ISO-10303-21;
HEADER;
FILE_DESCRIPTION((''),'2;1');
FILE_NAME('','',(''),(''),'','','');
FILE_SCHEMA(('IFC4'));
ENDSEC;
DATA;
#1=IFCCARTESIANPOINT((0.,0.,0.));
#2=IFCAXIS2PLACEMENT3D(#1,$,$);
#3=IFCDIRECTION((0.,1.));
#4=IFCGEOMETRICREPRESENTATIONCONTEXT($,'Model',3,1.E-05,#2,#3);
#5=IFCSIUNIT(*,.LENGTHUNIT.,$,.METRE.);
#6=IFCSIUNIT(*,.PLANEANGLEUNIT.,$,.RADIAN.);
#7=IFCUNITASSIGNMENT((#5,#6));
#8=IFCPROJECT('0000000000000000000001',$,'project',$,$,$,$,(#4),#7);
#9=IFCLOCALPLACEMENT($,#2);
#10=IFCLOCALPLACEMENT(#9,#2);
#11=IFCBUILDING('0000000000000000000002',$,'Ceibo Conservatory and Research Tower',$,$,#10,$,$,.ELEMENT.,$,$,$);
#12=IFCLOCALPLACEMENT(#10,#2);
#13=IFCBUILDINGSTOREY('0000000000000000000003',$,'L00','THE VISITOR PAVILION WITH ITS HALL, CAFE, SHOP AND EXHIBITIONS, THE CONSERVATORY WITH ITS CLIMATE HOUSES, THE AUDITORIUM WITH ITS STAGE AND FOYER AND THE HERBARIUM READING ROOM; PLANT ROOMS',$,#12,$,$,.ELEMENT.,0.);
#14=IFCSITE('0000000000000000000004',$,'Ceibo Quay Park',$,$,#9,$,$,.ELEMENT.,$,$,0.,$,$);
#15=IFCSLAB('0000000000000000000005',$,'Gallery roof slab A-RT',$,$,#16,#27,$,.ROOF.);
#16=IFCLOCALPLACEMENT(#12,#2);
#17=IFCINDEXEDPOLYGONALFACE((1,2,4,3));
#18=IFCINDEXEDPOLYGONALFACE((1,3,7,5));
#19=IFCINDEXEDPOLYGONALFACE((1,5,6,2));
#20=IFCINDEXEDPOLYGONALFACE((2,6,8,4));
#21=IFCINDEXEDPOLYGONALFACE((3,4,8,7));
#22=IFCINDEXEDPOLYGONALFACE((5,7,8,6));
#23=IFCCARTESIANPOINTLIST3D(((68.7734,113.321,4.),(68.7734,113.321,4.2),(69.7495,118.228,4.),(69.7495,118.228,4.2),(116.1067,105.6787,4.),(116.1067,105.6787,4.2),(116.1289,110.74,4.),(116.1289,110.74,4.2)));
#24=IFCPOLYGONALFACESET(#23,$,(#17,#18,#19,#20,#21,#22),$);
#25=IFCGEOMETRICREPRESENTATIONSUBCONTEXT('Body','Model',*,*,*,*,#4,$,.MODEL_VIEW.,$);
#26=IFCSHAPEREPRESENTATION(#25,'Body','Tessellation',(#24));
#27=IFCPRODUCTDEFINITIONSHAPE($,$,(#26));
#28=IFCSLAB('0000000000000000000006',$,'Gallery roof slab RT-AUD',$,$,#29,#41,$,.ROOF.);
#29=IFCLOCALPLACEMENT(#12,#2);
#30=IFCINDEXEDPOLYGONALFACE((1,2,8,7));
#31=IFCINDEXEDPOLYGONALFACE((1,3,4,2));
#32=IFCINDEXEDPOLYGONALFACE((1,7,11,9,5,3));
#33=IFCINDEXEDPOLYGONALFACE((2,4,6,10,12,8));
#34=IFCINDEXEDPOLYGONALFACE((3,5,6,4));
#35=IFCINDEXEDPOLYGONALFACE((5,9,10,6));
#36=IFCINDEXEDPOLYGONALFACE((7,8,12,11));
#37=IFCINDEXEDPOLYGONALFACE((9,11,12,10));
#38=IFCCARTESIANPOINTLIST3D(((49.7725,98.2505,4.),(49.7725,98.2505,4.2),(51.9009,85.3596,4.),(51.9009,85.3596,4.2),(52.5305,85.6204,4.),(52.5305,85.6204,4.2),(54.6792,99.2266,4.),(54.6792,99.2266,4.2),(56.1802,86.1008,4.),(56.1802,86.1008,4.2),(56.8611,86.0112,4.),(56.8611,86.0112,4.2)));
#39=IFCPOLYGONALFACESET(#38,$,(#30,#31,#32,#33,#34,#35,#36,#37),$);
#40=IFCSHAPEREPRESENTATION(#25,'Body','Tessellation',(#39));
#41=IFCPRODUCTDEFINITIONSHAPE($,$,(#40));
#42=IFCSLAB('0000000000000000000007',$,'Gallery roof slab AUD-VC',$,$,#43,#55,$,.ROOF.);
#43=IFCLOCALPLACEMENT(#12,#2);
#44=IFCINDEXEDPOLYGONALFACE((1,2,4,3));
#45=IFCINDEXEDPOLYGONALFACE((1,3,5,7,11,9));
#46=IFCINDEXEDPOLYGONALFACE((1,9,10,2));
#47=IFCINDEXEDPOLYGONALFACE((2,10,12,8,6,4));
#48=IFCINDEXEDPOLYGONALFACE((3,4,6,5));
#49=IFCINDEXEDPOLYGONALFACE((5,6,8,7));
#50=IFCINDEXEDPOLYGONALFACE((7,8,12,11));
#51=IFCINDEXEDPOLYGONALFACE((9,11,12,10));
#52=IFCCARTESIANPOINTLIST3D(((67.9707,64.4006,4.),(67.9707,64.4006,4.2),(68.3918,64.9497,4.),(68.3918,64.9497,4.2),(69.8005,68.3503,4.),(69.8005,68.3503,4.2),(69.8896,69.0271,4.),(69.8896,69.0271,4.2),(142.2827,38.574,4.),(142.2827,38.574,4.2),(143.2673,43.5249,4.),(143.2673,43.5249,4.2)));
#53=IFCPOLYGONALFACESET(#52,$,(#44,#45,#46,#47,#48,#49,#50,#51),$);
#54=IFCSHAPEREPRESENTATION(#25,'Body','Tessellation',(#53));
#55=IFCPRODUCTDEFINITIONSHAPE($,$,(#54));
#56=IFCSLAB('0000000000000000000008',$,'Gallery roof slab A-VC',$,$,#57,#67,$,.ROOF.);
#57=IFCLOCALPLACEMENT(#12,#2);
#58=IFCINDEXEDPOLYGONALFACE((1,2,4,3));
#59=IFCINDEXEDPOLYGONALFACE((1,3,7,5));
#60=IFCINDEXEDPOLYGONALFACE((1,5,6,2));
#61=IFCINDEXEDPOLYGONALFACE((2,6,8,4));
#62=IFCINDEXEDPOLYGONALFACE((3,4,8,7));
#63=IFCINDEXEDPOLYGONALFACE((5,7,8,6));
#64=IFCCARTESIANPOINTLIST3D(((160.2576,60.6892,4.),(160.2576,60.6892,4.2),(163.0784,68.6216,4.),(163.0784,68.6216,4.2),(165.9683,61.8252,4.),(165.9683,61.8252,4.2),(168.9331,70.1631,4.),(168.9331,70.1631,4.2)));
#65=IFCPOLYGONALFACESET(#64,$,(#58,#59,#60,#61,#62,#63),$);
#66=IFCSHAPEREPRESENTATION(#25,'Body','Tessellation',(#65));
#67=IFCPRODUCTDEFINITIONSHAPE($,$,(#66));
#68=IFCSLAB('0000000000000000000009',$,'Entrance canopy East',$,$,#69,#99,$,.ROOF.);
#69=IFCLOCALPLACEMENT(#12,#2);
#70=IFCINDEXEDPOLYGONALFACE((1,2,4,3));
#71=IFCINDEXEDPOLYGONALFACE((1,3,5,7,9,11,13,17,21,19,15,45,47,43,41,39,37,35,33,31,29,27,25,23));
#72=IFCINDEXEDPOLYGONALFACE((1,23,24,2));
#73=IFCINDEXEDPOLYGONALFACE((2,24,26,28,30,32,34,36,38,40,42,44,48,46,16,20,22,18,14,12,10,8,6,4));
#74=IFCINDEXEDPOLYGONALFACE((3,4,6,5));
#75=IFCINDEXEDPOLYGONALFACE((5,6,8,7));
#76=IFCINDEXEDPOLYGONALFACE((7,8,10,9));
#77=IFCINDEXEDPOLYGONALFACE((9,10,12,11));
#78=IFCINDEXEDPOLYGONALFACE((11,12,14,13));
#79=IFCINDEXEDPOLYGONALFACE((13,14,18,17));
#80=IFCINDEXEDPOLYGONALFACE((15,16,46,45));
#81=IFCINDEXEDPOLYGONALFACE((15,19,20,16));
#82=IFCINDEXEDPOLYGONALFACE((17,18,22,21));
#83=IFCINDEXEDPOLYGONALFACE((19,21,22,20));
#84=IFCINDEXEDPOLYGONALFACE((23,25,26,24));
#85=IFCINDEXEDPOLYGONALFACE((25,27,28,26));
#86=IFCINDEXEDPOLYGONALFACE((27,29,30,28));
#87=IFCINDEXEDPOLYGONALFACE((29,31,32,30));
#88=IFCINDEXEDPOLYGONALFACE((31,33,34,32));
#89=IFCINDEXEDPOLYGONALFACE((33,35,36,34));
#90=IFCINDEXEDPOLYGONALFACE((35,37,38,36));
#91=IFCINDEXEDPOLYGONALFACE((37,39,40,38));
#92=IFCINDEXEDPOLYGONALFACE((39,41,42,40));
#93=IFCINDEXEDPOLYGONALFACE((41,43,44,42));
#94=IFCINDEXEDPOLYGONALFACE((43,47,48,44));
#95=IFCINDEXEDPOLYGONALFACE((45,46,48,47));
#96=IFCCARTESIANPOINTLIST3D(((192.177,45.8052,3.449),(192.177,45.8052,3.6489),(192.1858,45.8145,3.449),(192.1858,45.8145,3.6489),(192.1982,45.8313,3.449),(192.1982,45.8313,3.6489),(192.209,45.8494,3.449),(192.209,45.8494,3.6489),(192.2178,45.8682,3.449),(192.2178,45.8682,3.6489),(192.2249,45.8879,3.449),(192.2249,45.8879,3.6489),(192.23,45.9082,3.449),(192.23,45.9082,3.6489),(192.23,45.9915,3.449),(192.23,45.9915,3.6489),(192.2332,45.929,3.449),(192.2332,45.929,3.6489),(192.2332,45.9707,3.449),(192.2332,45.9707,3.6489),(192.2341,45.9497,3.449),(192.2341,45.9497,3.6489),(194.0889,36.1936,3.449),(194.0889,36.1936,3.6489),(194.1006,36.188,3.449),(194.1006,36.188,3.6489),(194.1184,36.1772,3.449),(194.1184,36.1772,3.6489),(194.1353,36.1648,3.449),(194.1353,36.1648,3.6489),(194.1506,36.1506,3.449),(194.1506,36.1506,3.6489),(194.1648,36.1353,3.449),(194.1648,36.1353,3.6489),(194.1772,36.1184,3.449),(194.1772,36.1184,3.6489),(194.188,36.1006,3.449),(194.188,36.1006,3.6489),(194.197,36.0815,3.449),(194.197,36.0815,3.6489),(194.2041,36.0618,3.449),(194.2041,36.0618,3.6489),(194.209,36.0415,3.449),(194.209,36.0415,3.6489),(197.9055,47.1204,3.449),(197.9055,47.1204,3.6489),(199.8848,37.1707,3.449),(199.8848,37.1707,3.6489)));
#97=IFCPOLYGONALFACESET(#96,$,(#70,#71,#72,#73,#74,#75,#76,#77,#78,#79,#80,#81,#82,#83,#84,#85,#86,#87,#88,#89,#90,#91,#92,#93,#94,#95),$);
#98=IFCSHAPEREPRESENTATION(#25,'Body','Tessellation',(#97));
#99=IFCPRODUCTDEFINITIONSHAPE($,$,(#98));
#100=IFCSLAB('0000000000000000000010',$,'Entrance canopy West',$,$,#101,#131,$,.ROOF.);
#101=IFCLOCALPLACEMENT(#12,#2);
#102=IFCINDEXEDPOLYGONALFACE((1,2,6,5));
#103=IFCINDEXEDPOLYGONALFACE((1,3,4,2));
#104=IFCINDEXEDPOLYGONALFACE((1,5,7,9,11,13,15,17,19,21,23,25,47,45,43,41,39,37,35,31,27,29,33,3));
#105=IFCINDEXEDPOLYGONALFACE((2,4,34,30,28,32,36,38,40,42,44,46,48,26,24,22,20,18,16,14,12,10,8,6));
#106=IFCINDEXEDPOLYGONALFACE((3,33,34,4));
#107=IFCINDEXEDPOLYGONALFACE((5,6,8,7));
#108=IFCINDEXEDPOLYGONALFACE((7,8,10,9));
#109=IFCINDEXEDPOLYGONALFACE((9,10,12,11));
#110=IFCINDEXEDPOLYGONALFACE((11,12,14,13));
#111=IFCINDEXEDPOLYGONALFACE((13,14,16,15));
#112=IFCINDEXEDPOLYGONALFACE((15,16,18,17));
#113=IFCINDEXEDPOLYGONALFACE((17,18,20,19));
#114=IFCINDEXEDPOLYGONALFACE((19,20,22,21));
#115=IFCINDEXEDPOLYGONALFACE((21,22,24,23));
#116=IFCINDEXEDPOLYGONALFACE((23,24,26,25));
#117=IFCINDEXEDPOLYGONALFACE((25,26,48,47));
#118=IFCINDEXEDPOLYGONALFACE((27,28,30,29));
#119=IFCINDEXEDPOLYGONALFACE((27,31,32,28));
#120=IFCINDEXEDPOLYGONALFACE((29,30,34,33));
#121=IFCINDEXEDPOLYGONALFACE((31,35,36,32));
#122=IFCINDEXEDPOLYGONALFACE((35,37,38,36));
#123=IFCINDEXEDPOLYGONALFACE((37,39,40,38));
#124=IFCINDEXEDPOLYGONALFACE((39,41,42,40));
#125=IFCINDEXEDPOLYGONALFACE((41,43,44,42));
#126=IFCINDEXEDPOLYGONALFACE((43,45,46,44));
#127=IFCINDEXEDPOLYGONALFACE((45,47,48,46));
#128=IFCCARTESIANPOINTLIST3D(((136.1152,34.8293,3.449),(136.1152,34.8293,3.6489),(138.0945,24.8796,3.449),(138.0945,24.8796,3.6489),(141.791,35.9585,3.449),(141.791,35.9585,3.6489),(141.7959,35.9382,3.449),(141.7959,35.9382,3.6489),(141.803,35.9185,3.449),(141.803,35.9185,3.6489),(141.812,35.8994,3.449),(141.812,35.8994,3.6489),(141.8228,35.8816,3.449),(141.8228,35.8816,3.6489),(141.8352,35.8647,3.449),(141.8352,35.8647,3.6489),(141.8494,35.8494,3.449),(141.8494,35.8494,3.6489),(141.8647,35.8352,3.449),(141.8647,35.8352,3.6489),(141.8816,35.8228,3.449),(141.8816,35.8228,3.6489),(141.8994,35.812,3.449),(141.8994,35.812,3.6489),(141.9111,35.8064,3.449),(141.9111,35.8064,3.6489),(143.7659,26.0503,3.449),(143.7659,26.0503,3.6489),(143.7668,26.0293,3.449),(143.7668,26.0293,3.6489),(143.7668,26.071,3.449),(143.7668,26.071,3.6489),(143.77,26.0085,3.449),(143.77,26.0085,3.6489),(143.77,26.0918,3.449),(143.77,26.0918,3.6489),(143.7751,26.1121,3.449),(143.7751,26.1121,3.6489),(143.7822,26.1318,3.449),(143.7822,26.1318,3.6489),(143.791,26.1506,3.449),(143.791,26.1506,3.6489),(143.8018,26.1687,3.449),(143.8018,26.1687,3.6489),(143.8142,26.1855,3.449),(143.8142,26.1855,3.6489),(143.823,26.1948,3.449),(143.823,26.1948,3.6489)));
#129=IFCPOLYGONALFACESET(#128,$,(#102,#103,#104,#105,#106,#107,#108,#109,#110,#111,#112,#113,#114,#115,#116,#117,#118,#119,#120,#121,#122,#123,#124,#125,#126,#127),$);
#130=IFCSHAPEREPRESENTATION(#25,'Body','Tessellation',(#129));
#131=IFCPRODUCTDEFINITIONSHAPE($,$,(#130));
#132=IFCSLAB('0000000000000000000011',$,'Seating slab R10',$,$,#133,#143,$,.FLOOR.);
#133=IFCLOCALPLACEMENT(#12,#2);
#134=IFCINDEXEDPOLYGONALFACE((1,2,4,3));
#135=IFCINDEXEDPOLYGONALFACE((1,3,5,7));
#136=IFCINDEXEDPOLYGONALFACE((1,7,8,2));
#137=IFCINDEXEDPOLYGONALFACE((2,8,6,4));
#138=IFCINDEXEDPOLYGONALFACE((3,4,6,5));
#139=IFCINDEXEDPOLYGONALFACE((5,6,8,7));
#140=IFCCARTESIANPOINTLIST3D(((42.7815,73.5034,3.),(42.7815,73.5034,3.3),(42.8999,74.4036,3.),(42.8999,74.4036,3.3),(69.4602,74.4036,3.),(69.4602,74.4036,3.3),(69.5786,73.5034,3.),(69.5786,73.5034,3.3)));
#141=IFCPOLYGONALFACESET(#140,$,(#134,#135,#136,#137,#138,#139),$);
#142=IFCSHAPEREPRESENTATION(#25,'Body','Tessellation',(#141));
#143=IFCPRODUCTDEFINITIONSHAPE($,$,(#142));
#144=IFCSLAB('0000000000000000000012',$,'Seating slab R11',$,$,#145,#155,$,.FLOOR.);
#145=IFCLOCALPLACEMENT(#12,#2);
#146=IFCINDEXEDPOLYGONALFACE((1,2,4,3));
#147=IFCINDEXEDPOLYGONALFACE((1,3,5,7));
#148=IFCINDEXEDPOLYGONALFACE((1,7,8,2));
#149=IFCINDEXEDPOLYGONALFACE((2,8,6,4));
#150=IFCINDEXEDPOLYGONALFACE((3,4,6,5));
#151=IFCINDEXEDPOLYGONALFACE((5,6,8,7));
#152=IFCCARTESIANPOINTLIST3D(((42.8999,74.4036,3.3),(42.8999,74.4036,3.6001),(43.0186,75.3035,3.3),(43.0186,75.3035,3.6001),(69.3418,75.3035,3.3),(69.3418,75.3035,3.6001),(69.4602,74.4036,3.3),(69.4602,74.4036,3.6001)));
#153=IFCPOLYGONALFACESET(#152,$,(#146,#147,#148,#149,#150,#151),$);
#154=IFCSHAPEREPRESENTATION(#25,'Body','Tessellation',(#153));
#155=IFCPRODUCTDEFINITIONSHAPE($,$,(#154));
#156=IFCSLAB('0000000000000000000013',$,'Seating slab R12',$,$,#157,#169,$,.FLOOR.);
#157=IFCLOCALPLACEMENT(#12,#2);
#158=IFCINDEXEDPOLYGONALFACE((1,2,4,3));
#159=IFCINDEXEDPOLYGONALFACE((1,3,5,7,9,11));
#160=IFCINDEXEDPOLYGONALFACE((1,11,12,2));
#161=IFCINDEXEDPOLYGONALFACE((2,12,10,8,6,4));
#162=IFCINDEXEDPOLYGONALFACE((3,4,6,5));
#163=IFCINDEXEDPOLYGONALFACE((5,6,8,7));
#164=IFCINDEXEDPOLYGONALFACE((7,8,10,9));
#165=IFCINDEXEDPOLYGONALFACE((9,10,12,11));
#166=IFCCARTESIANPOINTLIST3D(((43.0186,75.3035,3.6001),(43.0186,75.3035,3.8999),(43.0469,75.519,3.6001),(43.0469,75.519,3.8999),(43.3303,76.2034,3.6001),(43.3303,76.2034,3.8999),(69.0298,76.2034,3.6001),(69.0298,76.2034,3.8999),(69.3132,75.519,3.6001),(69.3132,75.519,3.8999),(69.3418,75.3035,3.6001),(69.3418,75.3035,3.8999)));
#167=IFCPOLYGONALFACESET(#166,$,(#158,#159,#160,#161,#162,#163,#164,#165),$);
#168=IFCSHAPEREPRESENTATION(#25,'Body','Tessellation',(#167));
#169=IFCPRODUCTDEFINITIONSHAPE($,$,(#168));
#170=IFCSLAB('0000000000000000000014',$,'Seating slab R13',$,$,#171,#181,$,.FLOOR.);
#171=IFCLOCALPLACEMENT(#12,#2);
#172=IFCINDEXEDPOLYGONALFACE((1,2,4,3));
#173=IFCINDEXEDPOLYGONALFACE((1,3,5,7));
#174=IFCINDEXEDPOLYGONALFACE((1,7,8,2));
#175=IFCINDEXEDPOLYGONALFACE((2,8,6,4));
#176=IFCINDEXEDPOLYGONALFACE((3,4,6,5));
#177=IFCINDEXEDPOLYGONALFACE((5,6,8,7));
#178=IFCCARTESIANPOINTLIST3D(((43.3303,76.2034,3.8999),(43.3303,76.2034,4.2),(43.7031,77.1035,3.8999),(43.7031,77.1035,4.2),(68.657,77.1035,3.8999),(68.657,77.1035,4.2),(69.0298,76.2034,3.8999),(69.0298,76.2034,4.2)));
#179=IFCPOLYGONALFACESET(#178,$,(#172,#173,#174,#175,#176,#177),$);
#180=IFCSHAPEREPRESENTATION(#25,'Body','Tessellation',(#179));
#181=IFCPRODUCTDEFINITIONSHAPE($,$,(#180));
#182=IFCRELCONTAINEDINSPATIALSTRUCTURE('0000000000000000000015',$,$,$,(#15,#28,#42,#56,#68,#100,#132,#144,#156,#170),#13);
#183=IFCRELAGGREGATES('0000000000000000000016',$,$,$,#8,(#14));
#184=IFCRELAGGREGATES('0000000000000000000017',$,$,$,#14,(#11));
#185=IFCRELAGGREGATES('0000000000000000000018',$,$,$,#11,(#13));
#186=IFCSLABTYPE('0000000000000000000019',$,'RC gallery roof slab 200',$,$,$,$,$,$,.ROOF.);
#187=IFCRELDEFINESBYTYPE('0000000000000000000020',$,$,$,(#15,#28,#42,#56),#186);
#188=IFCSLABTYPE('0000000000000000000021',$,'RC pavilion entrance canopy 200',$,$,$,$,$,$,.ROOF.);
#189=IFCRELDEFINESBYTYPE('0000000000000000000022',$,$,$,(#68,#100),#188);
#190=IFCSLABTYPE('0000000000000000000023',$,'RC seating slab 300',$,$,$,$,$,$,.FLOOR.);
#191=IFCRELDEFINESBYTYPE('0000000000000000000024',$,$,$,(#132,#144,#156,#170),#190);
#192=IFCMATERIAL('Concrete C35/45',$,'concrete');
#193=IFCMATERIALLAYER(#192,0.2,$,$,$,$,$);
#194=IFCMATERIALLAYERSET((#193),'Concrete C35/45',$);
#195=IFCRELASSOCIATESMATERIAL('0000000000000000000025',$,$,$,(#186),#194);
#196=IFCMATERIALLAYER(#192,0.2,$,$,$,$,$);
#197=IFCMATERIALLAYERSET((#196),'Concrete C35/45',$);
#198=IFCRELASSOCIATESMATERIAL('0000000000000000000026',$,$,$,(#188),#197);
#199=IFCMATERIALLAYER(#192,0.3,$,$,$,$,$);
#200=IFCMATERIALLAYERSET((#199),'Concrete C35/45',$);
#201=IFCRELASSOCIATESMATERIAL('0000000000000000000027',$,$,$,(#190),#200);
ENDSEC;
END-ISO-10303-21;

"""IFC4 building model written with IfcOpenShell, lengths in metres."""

from ifc_helpers import new_model, si_unit, direction, frame, origin, place, context, subcontext, project, spatial, polyline, outline, extrude, material, layer, layer_set, type_object, element, save


model = new_model("IFC4")

# Units and contexts
model_context = context("Model", 3, precision=1e-05, world=origin(), true_north=direction((0.0, 1.0)))
body_context = subcontext(model_context, "Body", "Model", "MODEL_VIEW")
ifc_project = project(units=[si_unit("LENGTHUNIT", "METRE"), si_unit("PLANEANGLEUNIT", "RADIAN")], contexts=[model_context])

# Site, building, storey
site_placement = place(None, origin())
site = spatial("IfcSite", under=ifc_project, at=site_placement, Name="Ceibo Quay Park", CompositionType="ELEMENT", RefElevation=0.0)
building_placement = place(site_placement, origin())
building = spatial("IfcBuilding", under=site, at=building_placement, Name="Ceibo Conservatory and Research Tower", CompositionType="ELEMENT")
storey_placement = place(building_placement, origin())
storey = spatial("IfcBuildingStorey", under=building, at=storey_placement, Name="L00", Description="THE VISITOR PAVILION WITH ITS HALL, CAFE, SHOP AND EXHIBITIONS, THE CONSERVATORY WITH ITS CLIMATE HOUSES, THE AUDITORIUM WITH ITS STAGE AND FOYER AND THE HERBARIUM READING ROOM; PLANT ROOMS", CompositionType="ELEMENT", Elevation=0.0)

# Shared definitions
ifc_material_1 = material(Name="Concrete C35/45", Category="concrete")

# Slabs
ifc_layer_1 = layer(ifc_material_1, 0.2)
ifc_layer_set_1 = layer_set([ifc_layer_1], Name="Concrete C35/45")
slab_type_1 = type_object("IfcSlabType", Name="RC gallery roof slab 200", PredefinedType="ROOF", material=ifc_layer_set_1)
slab_1_placement = place(storey_placement, frame((0.0, 0.0, 4.0)))
element("IfcSlab", 1, at=slab_1_placement, inside=storey, type_object=slab_type_1, Name="Gallery roof slab A-RT", PredefinedType="ROOF", context=body_context, shape_type="SweptSolid", body=[
    extrude(outline(polyline([(68.7734, 113.321), (69.7495, 118.228), (116.1289, 110.74), (116.1067, 105.6787), (68.7734, 113.321)])), origin(), (0.0, 0.0, 1.0), 0.2),
])
slab_2_placement = place(storey_placement, frame((0.0, 0.0, 4.0)))
element("IfcSlab", 2, at=slab_2_placement, inside=storey, type_object=slab_type_1, Name="Gallery roof slab RT-AUD", PredefinedType="ROOF", context=body_context, shape_type="SweptSolid", body=[
    extrude(outline(polyline([(56.8611, 86.0112), (56.1802, 86.1008), (52.5305, 85.6204), (51.9009, 85.3596), (49.7725, 98.2505), (54.6792, 99.2266), (56.8611, 86.0112)])), origin(), (0.0, 0.0, 1.0), 0.2),
])
slab_3_placement = place(storey_placement, frame((0.0, 0.0, 4.0)))
element("IfcSlab", 3, at=slab_3_placement, inside=storey, type_object=slab_type_1, Name="Gallery roof slab AUD-VC", PredefinedType="ROOF", context=body_context, shape_type="SweptSolid", body=[
    extrude(outline(polyline([(143.2673, 43.5249), (142.2827, 38.574), (67.9707, 64.4006), (68.3918, 64.9497), (69.8005, 68.3503), (69.8896, 69.0271), (143.2673, 43.5249)])), origin(), (0.0, 0.0, 1.0), 0.2),
])
slab_4_placement = place(storey_placement, frame((0.0, 0.0, 4.0)))
element("IfcSlab", 4, at=slab_4_placement, inside=storey, type_object=slab_type_1, Name="Gallery roof slab A-VC", PredefinedType="ROOF", context=body_context, shape_type="SweptSolid", body=[
    extrude(outline(polyline([(165.9683, 61.8252), (160.2576, 60.6892), (163.0784, 68.6216), (168.9331, 70.1631), (165.9683, 61.8252)])), origin(), (0.0, 0.0, 1.0), 0.2),
])
ifc_layer_2 = layer(ifc_material_1, 0.2)
ifc_layer_set_2 = layer_set([ifc_layer_2], Name="Concrete C35/45")
slab_type_2 = type_object("IfcSlabType", Name="RC pavilion entrance canopy 200", PredefinedType="ROOF", material=ifc_layer_set_2)
slab_5_placement = place(storey_placement, frame((0.0, 0.0, 3.449)))
element("IfcSlab", 5, at=slab_5_placement, inside=storey, type_object=slab_type_2, Name="Entrance canopy East", PredefinedType="ROOF", context=body_context, shape_type="SweptSolid", body=[
    extrude(outline(polyline([(197.9055, 47.1204), (199.8848, 37.1707), (194.209, 36.0415), (194.209, 36.0415), (194.2041, 36.0618), (194.197, 36.0815), (194.188, 36.1006), (194.1772, 36.1184), (194.1648, 36.1353), (194.1506, 36.1506), (194.1353, 36.1648), (194.1184, 36.1772), (194.1006, 36.188), (194.0889, 36.1936), (192.177, 45.8052), (192.1858, 45.8145), (192.1982, 45.8313), (192.209, 45.8494), (192.2178, 45.8682), (192.2249, 45.8879), (192.23, 45.9082), (192.2332, 45.929), (192.2341, 45.9497), (192.2332, 45.9707), (192.23, 45.9915), (197.9055, 47.1204)])), origin(), (0.0, 0.0, 1.0), 0.2),
])
slab_6_placement = place(storey_placement, frame((0.0, 0.0, 3.449)))
element("IfcSlab", 6, at=slab_6_placement, inside=storey, type_object=slab_type_2, Name="Entrance canopy West", PredefinedType="ROOF", context=body_context, shape_type="SweptSolid", body=[
    extrude(outline(polyline([(138.0945, 24.8796), (136.1152, 34.8293), (141.791, 35.9585), (141.791, 35.9585), (141.7959, 35.9382), (141.803, 35.9185), (141.812, 35.8994), (141.8228, 35.8816), (141.8352, 35.8647), (141.8494, 35.8494), (141.8647, 35.8352), (141.8816, 35.8228), (141.8994, 35.812), (141.9111, 35.8064), (143.823, 26.1948), (143.8142, 26.1855), (143.8018, 26.1687), (143.791, 26.1506), (143.7822, 26.1318), (143.7751, 26.1121), (143.77, 26.0918), (143.7668, 26.071), (143.7659, 26.0503), (143.7668, 26.0293), (143.77, 26.0085), (138.0945, 24.8796)])), origin(), (0.0, 0.0, 1.0), 0.2),
])
ifc_layer_3 = layer(ifc_material_1, 0.3)
ifc_layer_set_3 = layer_set([ifc_layer_3], Name="Concrete C35/45")
slab_type_3 = type_object("IfcSlabType", Name="RC seating slab 300", PredefinedType="FLOOR", material=ifc_layer_set_3)
slab_7_placement = place(storey_placement, frame((0.0, 0.0, 3.0)))
element("IfcSlab", 7, at=slab_7_placement, inside=storey, type_object=slab_type_3, Name="Seating slab R10", PredefinedType="FLOOR", context=body_context, shape_type="SweptSolid", body=[
    extrude(outline(polyline([(69.5786, 73.5034), (69.4602, 74.4036), (42.8999, 74.4036), (42.7815, 73.5034), (69.5786, 73.5034)])), origin(), (0.0, 0.0, 1.0), 0.3),
])
slab_8_placement = place(storey_placement, frame((0.0, 0.0, 3.3)))
element("IfcSlab", 8, at=slab_8_placement, inside=storey, type_object=slab_type_3, Name="Seating slab R11", PredefinedType="FLOOR", context=body_context, shape_type="SweptSolid", body=[
    extrude(outline(polyline([(69.4602, 74.4036), (69.3418, 75.3035), (43.0186, 75.3035), (42.8999, 74.4036), (69.4602, 74.4036)])), origin(), (0.0, 0.0, 1.0), 0.3),
])
slab_9_placement = place(storey_placement, frame((0.0, 0.0, 3.6001)))
element("IfcSlab", 9, at=slab_9_placement, inside=storey, type_object=slab_type_3, Name="Seating slab R12", PredefinedType="FLOOR", context=body_context, shape_type="SweptSolid", body=[
    extrude(outline(polyline([(69.3132, 75.519), (69.0298, 76.2034), (43.3303, 76.2034), (43.0469, 75.519), (43.0186, 75.3035), (69.3418, 75.3035), (69.3132, 75.519)])), origin(), (0.0, 0.0, 1.0), 0.2998),
])
slab_10_placement = place(storey_placement, frame((0.0, 0.0, 3.8999)))
element("IfcSlab", 10, at=slab_10_placement, inside=storey, type_object=slab_type_3, Name="Seating slab R13", PredefinedType="FLOOR", context=body_context, shape_type="SweptSolid", body=[
    extrude(outline(polyline([(69.0298, 76.2034), (68.657, 77.1035), (43.7031, 77.1035), (43.3303, 76.2034), (69.0298, 76.2034)])), origin(), (0.0, 0.0, 1.0), 0.3),
])

save(model, "model.ifc")
